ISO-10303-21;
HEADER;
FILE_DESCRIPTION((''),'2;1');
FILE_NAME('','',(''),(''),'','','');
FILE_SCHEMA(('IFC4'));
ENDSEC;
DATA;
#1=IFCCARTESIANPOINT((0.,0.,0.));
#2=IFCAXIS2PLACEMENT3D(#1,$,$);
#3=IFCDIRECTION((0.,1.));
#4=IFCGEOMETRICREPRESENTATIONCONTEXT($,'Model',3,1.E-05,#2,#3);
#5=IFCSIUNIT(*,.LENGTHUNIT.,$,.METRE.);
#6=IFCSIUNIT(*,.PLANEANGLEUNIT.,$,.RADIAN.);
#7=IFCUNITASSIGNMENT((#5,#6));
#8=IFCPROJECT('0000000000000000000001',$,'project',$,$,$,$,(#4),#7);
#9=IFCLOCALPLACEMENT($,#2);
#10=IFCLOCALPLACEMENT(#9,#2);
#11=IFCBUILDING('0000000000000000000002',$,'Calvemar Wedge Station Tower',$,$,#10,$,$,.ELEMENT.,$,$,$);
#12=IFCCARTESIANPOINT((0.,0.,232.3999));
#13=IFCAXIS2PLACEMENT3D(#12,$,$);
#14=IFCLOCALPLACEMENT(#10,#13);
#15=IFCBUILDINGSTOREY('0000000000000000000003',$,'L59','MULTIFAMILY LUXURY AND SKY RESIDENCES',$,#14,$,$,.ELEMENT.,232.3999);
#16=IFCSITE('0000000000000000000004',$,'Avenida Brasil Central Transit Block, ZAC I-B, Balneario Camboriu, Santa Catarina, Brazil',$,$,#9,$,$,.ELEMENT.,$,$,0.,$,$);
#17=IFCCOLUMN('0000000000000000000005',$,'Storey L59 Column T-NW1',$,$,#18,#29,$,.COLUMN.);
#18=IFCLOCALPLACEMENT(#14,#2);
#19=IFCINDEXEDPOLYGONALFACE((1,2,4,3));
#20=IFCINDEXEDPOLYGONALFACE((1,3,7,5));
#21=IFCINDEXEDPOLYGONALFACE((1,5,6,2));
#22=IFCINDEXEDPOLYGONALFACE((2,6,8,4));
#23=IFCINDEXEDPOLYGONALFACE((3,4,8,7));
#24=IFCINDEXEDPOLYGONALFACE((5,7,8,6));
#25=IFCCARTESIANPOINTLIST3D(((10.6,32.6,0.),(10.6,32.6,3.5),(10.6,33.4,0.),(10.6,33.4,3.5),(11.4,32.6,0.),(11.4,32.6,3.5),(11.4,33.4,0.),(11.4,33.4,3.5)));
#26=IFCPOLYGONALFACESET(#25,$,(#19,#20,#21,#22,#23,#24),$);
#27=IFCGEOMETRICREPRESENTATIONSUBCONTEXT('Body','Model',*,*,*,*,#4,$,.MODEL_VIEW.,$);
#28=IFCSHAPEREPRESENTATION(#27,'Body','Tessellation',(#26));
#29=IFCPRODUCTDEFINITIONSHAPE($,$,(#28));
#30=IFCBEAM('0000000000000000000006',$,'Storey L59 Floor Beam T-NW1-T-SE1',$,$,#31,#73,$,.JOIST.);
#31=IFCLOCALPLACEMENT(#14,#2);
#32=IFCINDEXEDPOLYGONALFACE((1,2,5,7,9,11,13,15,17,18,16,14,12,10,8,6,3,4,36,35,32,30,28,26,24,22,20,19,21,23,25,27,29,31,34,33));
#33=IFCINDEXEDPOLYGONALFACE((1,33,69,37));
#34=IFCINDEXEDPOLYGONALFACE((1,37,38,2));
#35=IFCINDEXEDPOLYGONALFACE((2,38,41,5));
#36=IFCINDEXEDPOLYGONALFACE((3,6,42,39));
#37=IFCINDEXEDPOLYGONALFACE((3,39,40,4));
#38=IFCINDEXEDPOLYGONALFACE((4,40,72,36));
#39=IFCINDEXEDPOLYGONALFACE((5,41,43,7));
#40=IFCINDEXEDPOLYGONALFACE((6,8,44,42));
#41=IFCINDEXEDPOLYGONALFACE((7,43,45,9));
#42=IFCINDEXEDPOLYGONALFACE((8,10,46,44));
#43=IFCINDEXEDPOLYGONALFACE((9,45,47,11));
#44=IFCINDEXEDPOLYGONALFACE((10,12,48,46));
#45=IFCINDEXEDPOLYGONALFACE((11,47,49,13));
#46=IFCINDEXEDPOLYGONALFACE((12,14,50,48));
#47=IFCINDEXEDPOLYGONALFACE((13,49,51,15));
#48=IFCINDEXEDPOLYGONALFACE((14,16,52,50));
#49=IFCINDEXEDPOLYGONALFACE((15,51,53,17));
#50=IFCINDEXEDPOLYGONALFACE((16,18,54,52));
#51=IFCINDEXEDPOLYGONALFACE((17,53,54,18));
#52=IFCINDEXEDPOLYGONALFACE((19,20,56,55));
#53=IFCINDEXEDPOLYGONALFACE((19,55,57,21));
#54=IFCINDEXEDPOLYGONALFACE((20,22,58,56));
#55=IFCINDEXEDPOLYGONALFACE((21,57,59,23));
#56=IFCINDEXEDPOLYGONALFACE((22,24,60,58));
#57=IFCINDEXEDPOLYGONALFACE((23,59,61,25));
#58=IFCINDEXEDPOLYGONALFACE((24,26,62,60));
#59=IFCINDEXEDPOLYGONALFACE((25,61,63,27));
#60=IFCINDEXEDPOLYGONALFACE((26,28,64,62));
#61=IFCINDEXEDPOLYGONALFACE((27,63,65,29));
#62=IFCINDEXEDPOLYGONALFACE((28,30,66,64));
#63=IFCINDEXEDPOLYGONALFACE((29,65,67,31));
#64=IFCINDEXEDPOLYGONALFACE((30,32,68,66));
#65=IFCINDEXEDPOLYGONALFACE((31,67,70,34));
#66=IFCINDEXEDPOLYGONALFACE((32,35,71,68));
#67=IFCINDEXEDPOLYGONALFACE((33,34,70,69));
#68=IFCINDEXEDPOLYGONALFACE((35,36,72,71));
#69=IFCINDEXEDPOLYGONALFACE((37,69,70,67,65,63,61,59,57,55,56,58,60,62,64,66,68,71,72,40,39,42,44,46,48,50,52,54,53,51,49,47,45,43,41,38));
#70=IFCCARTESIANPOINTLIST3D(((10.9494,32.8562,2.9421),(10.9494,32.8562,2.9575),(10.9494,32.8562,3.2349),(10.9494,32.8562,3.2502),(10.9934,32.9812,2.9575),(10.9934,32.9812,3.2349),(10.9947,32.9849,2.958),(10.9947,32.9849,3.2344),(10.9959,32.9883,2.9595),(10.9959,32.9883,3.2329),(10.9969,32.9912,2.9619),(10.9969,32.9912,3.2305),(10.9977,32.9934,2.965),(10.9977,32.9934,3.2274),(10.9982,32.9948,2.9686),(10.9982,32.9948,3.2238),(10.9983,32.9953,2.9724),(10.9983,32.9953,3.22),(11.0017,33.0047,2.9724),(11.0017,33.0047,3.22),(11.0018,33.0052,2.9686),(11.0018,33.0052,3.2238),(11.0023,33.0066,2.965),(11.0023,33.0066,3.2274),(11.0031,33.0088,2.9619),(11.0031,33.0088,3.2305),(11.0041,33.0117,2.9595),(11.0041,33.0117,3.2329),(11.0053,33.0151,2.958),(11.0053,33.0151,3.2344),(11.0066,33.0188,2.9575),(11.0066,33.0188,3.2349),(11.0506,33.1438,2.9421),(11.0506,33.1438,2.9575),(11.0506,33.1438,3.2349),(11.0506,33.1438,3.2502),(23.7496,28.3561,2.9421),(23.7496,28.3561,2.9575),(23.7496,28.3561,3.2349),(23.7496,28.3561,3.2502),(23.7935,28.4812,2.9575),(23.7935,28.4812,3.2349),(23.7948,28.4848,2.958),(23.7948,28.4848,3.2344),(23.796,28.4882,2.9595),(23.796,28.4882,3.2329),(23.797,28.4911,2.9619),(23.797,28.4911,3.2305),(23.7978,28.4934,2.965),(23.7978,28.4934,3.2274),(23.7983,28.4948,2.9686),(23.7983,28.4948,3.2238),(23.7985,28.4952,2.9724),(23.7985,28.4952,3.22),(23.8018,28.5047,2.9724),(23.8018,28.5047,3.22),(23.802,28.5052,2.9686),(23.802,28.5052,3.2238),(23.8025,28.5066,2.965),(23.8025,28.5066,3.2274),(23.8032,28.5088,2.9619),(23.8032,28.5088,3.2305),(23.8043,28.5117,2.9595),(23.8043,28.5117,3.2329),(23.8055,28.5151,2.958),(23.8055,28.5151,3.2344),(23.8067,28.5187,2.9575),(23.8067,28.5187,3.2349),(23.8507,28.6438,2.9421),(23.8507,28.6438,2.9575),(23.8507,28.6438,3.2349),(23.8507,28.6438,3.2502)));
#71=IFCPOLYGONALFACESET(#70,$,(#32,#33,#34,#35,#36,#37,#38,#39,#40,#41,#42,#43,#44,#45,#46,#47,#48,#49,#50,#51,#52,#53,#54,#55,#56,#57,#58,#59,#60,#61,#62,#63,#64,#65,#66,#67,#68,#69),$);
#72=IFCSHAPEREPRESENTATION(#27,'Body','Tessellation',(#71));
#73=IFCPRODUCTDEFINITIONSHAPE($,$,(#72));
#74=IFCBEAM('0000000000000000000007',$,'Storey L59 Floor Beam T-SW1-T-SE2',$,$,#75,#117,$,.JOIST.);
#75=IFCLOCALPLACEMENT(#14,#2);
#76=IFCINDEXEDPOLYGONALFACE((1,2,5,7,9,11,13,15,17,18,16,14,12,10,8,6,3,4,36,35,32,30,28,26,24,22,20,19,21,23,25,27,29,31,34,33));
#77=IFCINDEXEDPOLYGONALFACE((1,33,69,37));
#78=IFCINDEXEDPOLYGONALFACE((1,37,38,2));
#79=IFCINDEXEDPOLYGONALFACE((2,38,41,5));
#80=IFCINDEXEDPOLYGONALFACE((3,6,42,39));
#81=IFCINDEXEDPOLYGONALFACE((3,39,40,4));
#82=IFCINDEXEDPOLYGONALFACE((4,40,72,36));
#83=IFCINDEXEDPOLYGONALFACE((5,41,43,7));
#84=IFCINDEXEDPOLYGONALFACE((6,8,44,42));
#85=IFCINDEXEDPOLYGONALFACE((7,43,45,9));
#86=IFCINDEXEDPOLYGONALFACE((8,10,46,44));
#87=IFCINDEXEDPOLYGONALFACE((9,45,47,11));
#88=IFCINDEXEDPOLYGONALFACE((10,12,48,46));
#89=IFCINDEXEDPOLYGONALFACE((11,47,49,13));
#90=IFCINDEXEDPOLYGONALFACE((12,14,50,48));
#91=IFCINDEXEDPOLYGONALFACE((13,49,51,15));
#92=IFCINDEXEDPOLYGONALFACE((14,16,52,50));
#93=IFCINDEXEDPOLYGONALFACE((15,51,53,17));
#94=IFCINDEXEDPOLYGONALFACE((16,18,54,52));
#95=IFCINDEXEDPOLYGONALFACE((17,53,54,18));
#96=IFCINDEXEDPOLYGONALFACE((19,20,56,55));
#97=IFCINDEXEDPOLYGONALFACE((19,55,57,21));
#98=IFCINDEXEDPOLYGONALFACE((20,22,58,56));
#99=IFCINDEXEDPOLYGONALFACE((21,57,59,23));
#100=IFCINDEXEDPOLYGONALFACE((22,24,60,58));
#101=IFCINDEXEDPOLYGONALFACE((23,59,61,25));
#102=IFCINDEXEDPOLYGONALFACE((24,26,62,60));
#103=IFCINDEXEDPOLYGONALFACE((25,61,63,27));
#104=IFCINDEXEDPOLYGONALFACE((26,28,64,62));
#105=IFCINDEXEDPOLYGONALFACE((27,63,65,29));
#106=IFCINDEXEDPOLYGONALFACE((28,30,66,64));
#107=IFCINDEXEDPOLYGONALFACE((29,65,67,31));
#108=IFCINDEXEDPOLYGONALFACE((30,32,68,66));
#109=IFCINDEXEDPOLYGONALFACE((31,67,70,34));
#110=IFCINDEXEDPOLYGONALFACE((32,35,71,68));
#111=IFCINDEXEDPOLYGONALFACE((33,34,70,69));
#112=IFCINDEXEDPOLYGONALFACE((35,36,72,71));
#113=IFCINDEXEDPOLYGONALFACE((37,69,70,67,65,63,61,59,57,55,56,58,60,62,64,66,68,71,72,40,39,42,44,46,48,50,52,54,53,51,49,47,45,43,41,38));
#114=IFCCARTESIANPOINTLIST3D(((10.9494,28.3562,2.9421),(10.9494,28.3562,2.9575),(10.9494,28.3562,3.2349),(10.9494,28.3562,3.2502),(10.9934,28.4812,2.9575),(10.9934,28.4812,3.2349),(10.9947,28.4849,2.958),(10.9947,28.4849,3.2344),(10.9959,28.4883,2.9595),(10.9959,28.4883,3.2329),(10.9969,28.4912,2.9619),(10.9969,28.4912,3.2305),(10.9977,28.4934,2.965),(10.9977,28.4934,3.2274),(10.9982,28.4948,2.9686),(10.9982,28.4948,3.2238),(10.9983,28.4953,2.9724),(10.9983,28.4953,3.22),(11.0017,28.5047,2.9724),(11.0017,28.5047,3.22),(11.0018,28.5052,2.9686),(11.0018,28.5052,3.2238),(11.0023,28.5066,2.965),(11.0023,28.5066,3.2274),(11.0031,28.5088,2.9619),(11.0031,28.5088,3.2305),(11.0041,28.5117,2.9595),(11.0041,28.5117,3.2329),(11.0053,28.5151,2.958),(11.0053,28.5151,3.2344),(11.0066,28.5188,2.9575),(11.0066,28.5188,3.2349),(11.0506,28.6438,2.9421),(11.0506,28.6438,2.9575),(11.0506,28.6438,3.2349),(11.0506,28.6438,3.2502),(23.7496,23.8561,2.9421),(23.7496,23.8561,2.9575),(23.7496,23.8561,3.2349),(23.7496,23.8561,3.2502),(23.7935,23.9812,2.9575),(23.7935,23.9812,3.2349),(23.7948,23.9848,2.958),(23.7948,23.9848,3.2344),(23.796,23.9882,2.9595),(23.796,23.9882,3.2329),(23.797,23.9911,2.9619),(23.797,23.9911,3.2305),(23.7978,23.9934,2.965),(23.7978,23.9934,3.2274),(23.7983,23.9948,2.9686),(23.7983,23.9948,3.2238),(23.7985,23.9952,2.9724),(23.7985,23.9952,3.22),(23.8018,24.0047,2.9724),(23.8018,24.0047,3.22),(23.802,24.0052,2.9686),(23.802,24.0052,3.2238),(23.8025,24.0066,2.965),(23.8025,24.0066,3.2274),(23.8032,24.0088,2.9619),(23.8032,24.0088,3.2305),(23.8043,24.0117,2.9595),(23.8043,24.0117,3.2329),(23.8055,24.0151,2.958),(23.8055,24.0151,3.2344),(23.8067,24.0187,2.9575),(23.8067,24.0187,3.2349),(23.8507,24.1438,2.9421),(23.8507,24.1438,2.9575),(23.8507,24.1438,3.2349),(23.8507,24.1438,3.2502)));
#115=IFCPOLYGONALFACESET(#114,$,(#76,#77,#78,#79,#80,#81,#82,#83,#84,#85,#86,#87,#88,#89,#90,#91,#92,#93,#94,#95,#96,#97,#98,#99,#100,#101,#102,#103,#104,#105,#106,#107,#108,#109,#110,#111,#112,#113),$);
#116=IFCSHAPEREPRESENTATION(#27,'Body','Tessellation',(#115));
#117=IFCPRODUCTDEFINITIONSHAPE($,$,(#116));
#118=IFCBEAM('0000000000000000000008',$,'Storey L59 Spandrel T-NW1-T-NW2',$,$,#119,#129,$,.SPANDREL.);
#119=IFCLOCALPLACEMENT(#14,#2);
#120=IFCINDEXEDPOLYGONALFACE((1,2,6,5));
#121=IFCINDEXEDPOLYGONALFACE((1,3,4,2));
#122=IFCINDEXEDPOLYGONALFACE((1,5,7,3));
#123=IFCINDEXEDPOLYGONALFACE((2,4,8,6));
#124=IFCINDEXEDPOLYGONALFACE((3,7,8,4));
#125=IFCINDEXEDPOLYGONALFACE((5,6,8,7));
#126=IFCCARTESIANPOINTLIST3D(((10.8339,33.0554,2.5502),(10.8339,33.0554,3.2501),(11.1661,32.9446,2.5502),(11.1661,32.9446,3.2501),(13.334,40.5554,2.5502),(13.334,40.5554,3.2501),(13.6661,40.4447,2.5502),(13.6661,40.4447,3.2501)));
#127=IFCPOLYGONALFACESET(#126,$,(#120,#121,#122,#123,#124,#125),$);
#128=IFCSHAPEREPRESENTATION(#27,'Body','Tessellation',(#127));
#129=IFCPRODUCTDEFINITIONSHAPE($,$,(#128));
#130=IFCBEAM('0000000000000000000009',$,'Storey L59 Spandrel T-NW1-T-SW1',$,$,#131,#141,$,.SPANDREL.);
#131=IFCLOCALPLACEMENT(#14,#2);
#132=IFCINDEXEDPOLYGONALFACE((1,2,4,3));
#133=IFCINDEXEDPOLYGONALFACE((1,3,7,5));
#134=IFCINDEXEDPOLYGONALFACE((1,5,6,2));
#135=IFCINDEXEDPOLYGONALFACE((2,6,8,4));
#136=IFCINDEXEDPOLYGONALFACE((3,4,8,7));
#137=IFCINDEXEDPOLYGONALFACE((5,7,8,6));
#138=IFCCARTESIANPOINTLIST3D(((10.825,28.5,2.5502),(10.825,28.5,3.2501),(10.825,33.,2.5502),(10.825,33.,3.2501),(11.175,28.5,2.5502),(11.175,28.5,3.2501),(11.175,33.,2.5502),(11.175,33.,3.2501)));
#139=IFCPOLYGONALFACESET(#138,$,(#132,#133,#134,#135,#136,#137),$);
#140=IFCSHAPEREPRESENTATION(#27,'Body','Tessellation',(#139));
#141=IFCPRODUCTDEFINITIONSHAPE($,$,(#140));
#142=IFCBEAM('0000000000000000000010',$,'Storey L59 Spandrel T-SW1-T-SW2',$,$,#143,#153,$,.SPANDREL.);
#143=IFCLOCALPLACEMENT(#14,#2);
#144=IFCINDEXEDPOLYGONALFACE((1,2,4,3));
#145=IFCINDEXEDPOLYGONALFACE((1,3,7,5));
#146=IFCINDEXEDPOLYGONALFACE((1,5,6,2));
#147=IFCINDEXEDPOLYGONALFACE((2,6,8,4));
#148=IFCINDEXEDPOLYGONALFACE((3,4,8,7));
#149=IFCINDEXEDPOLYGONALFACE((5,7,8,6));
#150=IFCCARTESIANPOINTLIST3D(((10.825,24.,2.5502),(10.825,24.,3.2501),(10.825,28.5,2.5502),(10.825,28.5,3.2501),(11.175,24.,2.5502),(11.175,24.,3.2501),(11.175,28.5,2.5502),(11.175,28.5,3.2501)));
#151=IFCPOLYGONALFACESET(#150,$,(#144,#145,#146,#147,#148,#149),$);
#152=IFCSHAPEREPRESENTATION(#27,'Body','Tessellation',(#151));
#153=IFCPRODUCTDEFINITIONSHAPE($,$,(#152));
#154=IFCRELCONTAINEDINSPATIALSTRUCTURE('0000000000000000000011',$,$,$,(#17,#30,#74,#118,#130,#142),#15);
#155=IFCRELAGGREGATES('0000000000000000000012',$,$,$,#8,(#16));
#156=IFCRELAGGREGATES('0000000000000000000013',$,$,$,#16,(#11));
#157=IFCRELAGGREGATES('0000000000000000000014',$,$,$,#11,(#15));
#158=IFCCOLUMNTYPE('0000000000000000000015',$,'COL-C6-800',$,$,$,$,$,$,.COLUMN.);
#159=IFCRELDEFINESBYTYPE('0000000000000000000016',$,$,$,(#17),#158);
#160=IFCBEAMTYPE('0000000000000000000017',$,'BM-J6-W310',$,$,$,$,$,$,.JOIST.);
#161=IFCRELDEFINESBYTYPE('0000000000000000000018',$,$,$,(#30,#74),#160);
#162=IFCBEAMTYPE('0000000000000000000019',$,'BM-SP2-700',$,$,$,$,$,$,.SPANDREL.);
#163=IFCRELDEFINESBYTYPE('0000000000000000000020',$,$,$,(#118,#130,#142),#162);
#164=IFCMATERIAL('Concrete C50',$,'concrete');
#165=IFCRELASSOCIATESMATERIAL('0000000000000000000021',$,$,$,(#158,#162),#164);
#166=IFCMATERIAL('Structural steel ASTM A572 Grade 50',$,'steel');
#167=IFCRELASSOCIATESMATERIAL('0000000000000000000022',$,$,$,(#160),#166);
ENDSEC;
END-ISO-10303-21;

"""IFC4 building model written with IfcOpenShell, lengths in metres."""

from ifc_helpers import new_model, si_unit, direction, frame, origin, origin_2d, place, context, subcontext, project, spatial, rectangle, i_section, extrude, source, transform, mapped, material, material_profile, profile_set, type_object, element, save


model = new_model("IFC4")

# Units and contexts
model_context = context("Model", 3, precision=1e-05, world=origin(), true_north=direction((0.0, 1.0)))
body_context = subcontext(model_context, "Body", "Model", "MODEL_VIEW")
ifc_project = project(units=[si_unit("LENGTHUNIT", "METRE"), si_unit("PLANEANGLEUNIT", "RADIAN")], contexts=[model_context])

# Site, building, storey
site_placement = place(None, origin())
site = spatial("IfcSite", under=ifc_project, at=site_placement, Name="Avenida Brasil Central Transit Block, ZAC I-B, Balneario Camboriu, Santa Catarina, Brazil", CompositionType="ELEMENT", RefElevation=0.0)
building_placement = place(site_placement, origin())
building = spatial("IfcBuilding", under=site, at=building_placement, Name="Calvemar Wedge Station Tower", CompositionType="ELEMENT")
storey_placement = place(building_placement, frame((0.0, 0.0, 232.3999)))
storey = spatial("IfcBuildingStorey", under=building, at=storey_placement, Name="L59", Description="MULTIFAMILY LUXURY AND SKY RESIDENCES", CompositionType="ELEMENT", Elevation=232.3999)

# Column
ifc_material_1 = material(Name="Concrete C50", Category="concrete")
ifc_material_profile_1 = material_profile(ifc_material_1, rectangle(XDim=0.8, YDim=0.8, at=origin_2d()), Name="RC800x800")
ifc_profile_set_1 = profile_set([ifc_material_profile_1], Name="Concrete C50")
column_type = type_object("IfcColumnType", Name="COL-C6-800", PredefinedType="COLUMN", material=ifc_profile_set_1)
shared_shape_1 = source(origin(), body_context, "Body", "SweptSolid", [
    extrude(rectangle(XDim=0.8, YDim=0.8, at=origin_2d()), origin(), (0.0, 0.0, 1.0), 3.5),
])
column_placement = place(storey_placement, frame((11.0, 33.0, 0.0), z_axis=(0.0, 0.0, 1.0), x_axis=(1.0, 0.0, 0.0)))
element("IfcColumn", 1, at=column_placement, inside=storey, type_object=column_type, Name="Storey L59 Column T-NW1", PredefinedType="COLUMN", context=body_context, shape_type="MappedRepresentation", body=[
    mapped(shared_shape_1, transform((0.0, 0.0, 0.0), scale=1.0)),
])

# Beams
ifc_material_2 = material(Name="Structural steel ASTM A572 Grade 50", Category="steel")
ifc_material_profile_2 = material_profile(ifc_material_2, i_section(OverallWidth=0.3049, OverallDepth=0.3081, WebThickness=0.01, FlangeThickness=0.0154, FilletRadius=0.0149, at=origin_2d()), Name="W310x97")
ifc_profile_set_2 = profile_set([ifc_material_profile_2], Name="Structural steel ASTM A572 Grade 50")
beam_type_1 = type_object("IfcBeamType", Name="BM-J6-W310", PredefinedType="JOIST", material=ifc_profile_set_2)
shared_shape_2 = source(origin(), body_context, "Body", "SweptSolid", [
    extrude(i_section(OverallWidth=0.3049, OverallDepth=0.3081, WebThickness=0.01, FlangeThickness=0.0154, FilletRadius=0.0149, at=origin_2d()), origin(), (0.0, 0.0, 1.0), 13.5681),
])
for number, where, z_axis, x_axis, name in (
    (2, (11.0, 33.0, 3.0962), (0.943398, -0.331662, 0.0), (0.331662, 0.943398, 0.0), "Storey L59 Floor Beam T-NW1-T-SE1"),
    (3, (11.0, 28.5, 3.0962), (0.943398, -0.331662, 0.0), (0.331662, 0.943398, 0.0), "Storey L59 Floor Beam T-SW1-T-SE2"),
):
    element("IfcBeam", number, at=place(storey_placement, frame(where, z_axis=z_axis, x_axis=x_axis)), inside=storey, type_object=beam_type_1, Name=name, PredefinedType="JOIST", context=body_context, shape_type="MappedRepresentation", body=[
        mapped(shared_shape_2, transform((0.0, 0.0, 0.0), scale=1.0)),
    ])
ifc_material_profile_3 = material_profile(ifc_material_1, rectangle(XDim=0.3501, YDim=0.7, at=origin_2d()), Name="RC350x700")
ifc_profile_set_3 = profile_set([ifc_material_profile_3], Name="Concrete C50")
beam_type_2 = type_object("IfcBeamType", Name="BM-SP2-700", PredefinedType="SPANDREL", material=ifc_profile_set_3)
shared_shape_3 = source(origin(), body_context, "Body", "SweptSolid", [
    extrude(rectangle(XDim=0.3501, YDim=0.7, at=origin_2d()), origin(), (0.0, 0.0, 1.0), 7.9058),
])
beam_1_placement = place(storey_placement, frame((11.0, 33.0, 2.9001), z_axis=(0.316228, 0.948683, 0.0), x_axis=(-0.948683, 0.316228, 0.0)))
element("IfcBeam", 4, at=beam_1_placement, inside=storey, type_object=beam_type_2, Name="Storey L59 Spandrel T-NW1-T-NW2", PredefinedType="SPANDREL", context=body_context, shape_type="MappedRepresentation", body=[
    mapped(shared_shape_3, transform((0.0, 0.0, 0.0), scale=1.0)),
])
shared_shape_4 = source(origin(), body_context, "Body", "SweptSolid", [
    extrude(rectangle(XDim=0.3501, YDim=0.7, at=origin_2d()), origin(), (0.0, 0.0, 1.0), 4.5),
])
for number, where, z_axis, x_axis, name in (
    (5, (11.0, 33.0, 2.9001), (0.0, -1.0, 0.0), (1.0, 0.0, 0.0), "Storey L59 Spandrel T-NW1-T-SW1"),
    (6, (11.0, 28.5, 2.9001), (0.0, -1.0, 0.0), (1.0, 0.0, 0.0), "Storey L59 Spandrel T-SW1-T-SW2"),
):
    element("IfcBeam", number, at=place(storey_placement, frame(where, z_axis=z_axis, x_axis=x_axis)), inside=storey, type_object=beam_type_2, Name=name, PredefinedType="SPANDREL", context=body_context, shape_type="MappedRepresentation", body=[
        mapped(shared_shape_4, transform((0.0, 0.0, 0.0), scale=1.0)),
    ])

save(model, "model.ifc")
